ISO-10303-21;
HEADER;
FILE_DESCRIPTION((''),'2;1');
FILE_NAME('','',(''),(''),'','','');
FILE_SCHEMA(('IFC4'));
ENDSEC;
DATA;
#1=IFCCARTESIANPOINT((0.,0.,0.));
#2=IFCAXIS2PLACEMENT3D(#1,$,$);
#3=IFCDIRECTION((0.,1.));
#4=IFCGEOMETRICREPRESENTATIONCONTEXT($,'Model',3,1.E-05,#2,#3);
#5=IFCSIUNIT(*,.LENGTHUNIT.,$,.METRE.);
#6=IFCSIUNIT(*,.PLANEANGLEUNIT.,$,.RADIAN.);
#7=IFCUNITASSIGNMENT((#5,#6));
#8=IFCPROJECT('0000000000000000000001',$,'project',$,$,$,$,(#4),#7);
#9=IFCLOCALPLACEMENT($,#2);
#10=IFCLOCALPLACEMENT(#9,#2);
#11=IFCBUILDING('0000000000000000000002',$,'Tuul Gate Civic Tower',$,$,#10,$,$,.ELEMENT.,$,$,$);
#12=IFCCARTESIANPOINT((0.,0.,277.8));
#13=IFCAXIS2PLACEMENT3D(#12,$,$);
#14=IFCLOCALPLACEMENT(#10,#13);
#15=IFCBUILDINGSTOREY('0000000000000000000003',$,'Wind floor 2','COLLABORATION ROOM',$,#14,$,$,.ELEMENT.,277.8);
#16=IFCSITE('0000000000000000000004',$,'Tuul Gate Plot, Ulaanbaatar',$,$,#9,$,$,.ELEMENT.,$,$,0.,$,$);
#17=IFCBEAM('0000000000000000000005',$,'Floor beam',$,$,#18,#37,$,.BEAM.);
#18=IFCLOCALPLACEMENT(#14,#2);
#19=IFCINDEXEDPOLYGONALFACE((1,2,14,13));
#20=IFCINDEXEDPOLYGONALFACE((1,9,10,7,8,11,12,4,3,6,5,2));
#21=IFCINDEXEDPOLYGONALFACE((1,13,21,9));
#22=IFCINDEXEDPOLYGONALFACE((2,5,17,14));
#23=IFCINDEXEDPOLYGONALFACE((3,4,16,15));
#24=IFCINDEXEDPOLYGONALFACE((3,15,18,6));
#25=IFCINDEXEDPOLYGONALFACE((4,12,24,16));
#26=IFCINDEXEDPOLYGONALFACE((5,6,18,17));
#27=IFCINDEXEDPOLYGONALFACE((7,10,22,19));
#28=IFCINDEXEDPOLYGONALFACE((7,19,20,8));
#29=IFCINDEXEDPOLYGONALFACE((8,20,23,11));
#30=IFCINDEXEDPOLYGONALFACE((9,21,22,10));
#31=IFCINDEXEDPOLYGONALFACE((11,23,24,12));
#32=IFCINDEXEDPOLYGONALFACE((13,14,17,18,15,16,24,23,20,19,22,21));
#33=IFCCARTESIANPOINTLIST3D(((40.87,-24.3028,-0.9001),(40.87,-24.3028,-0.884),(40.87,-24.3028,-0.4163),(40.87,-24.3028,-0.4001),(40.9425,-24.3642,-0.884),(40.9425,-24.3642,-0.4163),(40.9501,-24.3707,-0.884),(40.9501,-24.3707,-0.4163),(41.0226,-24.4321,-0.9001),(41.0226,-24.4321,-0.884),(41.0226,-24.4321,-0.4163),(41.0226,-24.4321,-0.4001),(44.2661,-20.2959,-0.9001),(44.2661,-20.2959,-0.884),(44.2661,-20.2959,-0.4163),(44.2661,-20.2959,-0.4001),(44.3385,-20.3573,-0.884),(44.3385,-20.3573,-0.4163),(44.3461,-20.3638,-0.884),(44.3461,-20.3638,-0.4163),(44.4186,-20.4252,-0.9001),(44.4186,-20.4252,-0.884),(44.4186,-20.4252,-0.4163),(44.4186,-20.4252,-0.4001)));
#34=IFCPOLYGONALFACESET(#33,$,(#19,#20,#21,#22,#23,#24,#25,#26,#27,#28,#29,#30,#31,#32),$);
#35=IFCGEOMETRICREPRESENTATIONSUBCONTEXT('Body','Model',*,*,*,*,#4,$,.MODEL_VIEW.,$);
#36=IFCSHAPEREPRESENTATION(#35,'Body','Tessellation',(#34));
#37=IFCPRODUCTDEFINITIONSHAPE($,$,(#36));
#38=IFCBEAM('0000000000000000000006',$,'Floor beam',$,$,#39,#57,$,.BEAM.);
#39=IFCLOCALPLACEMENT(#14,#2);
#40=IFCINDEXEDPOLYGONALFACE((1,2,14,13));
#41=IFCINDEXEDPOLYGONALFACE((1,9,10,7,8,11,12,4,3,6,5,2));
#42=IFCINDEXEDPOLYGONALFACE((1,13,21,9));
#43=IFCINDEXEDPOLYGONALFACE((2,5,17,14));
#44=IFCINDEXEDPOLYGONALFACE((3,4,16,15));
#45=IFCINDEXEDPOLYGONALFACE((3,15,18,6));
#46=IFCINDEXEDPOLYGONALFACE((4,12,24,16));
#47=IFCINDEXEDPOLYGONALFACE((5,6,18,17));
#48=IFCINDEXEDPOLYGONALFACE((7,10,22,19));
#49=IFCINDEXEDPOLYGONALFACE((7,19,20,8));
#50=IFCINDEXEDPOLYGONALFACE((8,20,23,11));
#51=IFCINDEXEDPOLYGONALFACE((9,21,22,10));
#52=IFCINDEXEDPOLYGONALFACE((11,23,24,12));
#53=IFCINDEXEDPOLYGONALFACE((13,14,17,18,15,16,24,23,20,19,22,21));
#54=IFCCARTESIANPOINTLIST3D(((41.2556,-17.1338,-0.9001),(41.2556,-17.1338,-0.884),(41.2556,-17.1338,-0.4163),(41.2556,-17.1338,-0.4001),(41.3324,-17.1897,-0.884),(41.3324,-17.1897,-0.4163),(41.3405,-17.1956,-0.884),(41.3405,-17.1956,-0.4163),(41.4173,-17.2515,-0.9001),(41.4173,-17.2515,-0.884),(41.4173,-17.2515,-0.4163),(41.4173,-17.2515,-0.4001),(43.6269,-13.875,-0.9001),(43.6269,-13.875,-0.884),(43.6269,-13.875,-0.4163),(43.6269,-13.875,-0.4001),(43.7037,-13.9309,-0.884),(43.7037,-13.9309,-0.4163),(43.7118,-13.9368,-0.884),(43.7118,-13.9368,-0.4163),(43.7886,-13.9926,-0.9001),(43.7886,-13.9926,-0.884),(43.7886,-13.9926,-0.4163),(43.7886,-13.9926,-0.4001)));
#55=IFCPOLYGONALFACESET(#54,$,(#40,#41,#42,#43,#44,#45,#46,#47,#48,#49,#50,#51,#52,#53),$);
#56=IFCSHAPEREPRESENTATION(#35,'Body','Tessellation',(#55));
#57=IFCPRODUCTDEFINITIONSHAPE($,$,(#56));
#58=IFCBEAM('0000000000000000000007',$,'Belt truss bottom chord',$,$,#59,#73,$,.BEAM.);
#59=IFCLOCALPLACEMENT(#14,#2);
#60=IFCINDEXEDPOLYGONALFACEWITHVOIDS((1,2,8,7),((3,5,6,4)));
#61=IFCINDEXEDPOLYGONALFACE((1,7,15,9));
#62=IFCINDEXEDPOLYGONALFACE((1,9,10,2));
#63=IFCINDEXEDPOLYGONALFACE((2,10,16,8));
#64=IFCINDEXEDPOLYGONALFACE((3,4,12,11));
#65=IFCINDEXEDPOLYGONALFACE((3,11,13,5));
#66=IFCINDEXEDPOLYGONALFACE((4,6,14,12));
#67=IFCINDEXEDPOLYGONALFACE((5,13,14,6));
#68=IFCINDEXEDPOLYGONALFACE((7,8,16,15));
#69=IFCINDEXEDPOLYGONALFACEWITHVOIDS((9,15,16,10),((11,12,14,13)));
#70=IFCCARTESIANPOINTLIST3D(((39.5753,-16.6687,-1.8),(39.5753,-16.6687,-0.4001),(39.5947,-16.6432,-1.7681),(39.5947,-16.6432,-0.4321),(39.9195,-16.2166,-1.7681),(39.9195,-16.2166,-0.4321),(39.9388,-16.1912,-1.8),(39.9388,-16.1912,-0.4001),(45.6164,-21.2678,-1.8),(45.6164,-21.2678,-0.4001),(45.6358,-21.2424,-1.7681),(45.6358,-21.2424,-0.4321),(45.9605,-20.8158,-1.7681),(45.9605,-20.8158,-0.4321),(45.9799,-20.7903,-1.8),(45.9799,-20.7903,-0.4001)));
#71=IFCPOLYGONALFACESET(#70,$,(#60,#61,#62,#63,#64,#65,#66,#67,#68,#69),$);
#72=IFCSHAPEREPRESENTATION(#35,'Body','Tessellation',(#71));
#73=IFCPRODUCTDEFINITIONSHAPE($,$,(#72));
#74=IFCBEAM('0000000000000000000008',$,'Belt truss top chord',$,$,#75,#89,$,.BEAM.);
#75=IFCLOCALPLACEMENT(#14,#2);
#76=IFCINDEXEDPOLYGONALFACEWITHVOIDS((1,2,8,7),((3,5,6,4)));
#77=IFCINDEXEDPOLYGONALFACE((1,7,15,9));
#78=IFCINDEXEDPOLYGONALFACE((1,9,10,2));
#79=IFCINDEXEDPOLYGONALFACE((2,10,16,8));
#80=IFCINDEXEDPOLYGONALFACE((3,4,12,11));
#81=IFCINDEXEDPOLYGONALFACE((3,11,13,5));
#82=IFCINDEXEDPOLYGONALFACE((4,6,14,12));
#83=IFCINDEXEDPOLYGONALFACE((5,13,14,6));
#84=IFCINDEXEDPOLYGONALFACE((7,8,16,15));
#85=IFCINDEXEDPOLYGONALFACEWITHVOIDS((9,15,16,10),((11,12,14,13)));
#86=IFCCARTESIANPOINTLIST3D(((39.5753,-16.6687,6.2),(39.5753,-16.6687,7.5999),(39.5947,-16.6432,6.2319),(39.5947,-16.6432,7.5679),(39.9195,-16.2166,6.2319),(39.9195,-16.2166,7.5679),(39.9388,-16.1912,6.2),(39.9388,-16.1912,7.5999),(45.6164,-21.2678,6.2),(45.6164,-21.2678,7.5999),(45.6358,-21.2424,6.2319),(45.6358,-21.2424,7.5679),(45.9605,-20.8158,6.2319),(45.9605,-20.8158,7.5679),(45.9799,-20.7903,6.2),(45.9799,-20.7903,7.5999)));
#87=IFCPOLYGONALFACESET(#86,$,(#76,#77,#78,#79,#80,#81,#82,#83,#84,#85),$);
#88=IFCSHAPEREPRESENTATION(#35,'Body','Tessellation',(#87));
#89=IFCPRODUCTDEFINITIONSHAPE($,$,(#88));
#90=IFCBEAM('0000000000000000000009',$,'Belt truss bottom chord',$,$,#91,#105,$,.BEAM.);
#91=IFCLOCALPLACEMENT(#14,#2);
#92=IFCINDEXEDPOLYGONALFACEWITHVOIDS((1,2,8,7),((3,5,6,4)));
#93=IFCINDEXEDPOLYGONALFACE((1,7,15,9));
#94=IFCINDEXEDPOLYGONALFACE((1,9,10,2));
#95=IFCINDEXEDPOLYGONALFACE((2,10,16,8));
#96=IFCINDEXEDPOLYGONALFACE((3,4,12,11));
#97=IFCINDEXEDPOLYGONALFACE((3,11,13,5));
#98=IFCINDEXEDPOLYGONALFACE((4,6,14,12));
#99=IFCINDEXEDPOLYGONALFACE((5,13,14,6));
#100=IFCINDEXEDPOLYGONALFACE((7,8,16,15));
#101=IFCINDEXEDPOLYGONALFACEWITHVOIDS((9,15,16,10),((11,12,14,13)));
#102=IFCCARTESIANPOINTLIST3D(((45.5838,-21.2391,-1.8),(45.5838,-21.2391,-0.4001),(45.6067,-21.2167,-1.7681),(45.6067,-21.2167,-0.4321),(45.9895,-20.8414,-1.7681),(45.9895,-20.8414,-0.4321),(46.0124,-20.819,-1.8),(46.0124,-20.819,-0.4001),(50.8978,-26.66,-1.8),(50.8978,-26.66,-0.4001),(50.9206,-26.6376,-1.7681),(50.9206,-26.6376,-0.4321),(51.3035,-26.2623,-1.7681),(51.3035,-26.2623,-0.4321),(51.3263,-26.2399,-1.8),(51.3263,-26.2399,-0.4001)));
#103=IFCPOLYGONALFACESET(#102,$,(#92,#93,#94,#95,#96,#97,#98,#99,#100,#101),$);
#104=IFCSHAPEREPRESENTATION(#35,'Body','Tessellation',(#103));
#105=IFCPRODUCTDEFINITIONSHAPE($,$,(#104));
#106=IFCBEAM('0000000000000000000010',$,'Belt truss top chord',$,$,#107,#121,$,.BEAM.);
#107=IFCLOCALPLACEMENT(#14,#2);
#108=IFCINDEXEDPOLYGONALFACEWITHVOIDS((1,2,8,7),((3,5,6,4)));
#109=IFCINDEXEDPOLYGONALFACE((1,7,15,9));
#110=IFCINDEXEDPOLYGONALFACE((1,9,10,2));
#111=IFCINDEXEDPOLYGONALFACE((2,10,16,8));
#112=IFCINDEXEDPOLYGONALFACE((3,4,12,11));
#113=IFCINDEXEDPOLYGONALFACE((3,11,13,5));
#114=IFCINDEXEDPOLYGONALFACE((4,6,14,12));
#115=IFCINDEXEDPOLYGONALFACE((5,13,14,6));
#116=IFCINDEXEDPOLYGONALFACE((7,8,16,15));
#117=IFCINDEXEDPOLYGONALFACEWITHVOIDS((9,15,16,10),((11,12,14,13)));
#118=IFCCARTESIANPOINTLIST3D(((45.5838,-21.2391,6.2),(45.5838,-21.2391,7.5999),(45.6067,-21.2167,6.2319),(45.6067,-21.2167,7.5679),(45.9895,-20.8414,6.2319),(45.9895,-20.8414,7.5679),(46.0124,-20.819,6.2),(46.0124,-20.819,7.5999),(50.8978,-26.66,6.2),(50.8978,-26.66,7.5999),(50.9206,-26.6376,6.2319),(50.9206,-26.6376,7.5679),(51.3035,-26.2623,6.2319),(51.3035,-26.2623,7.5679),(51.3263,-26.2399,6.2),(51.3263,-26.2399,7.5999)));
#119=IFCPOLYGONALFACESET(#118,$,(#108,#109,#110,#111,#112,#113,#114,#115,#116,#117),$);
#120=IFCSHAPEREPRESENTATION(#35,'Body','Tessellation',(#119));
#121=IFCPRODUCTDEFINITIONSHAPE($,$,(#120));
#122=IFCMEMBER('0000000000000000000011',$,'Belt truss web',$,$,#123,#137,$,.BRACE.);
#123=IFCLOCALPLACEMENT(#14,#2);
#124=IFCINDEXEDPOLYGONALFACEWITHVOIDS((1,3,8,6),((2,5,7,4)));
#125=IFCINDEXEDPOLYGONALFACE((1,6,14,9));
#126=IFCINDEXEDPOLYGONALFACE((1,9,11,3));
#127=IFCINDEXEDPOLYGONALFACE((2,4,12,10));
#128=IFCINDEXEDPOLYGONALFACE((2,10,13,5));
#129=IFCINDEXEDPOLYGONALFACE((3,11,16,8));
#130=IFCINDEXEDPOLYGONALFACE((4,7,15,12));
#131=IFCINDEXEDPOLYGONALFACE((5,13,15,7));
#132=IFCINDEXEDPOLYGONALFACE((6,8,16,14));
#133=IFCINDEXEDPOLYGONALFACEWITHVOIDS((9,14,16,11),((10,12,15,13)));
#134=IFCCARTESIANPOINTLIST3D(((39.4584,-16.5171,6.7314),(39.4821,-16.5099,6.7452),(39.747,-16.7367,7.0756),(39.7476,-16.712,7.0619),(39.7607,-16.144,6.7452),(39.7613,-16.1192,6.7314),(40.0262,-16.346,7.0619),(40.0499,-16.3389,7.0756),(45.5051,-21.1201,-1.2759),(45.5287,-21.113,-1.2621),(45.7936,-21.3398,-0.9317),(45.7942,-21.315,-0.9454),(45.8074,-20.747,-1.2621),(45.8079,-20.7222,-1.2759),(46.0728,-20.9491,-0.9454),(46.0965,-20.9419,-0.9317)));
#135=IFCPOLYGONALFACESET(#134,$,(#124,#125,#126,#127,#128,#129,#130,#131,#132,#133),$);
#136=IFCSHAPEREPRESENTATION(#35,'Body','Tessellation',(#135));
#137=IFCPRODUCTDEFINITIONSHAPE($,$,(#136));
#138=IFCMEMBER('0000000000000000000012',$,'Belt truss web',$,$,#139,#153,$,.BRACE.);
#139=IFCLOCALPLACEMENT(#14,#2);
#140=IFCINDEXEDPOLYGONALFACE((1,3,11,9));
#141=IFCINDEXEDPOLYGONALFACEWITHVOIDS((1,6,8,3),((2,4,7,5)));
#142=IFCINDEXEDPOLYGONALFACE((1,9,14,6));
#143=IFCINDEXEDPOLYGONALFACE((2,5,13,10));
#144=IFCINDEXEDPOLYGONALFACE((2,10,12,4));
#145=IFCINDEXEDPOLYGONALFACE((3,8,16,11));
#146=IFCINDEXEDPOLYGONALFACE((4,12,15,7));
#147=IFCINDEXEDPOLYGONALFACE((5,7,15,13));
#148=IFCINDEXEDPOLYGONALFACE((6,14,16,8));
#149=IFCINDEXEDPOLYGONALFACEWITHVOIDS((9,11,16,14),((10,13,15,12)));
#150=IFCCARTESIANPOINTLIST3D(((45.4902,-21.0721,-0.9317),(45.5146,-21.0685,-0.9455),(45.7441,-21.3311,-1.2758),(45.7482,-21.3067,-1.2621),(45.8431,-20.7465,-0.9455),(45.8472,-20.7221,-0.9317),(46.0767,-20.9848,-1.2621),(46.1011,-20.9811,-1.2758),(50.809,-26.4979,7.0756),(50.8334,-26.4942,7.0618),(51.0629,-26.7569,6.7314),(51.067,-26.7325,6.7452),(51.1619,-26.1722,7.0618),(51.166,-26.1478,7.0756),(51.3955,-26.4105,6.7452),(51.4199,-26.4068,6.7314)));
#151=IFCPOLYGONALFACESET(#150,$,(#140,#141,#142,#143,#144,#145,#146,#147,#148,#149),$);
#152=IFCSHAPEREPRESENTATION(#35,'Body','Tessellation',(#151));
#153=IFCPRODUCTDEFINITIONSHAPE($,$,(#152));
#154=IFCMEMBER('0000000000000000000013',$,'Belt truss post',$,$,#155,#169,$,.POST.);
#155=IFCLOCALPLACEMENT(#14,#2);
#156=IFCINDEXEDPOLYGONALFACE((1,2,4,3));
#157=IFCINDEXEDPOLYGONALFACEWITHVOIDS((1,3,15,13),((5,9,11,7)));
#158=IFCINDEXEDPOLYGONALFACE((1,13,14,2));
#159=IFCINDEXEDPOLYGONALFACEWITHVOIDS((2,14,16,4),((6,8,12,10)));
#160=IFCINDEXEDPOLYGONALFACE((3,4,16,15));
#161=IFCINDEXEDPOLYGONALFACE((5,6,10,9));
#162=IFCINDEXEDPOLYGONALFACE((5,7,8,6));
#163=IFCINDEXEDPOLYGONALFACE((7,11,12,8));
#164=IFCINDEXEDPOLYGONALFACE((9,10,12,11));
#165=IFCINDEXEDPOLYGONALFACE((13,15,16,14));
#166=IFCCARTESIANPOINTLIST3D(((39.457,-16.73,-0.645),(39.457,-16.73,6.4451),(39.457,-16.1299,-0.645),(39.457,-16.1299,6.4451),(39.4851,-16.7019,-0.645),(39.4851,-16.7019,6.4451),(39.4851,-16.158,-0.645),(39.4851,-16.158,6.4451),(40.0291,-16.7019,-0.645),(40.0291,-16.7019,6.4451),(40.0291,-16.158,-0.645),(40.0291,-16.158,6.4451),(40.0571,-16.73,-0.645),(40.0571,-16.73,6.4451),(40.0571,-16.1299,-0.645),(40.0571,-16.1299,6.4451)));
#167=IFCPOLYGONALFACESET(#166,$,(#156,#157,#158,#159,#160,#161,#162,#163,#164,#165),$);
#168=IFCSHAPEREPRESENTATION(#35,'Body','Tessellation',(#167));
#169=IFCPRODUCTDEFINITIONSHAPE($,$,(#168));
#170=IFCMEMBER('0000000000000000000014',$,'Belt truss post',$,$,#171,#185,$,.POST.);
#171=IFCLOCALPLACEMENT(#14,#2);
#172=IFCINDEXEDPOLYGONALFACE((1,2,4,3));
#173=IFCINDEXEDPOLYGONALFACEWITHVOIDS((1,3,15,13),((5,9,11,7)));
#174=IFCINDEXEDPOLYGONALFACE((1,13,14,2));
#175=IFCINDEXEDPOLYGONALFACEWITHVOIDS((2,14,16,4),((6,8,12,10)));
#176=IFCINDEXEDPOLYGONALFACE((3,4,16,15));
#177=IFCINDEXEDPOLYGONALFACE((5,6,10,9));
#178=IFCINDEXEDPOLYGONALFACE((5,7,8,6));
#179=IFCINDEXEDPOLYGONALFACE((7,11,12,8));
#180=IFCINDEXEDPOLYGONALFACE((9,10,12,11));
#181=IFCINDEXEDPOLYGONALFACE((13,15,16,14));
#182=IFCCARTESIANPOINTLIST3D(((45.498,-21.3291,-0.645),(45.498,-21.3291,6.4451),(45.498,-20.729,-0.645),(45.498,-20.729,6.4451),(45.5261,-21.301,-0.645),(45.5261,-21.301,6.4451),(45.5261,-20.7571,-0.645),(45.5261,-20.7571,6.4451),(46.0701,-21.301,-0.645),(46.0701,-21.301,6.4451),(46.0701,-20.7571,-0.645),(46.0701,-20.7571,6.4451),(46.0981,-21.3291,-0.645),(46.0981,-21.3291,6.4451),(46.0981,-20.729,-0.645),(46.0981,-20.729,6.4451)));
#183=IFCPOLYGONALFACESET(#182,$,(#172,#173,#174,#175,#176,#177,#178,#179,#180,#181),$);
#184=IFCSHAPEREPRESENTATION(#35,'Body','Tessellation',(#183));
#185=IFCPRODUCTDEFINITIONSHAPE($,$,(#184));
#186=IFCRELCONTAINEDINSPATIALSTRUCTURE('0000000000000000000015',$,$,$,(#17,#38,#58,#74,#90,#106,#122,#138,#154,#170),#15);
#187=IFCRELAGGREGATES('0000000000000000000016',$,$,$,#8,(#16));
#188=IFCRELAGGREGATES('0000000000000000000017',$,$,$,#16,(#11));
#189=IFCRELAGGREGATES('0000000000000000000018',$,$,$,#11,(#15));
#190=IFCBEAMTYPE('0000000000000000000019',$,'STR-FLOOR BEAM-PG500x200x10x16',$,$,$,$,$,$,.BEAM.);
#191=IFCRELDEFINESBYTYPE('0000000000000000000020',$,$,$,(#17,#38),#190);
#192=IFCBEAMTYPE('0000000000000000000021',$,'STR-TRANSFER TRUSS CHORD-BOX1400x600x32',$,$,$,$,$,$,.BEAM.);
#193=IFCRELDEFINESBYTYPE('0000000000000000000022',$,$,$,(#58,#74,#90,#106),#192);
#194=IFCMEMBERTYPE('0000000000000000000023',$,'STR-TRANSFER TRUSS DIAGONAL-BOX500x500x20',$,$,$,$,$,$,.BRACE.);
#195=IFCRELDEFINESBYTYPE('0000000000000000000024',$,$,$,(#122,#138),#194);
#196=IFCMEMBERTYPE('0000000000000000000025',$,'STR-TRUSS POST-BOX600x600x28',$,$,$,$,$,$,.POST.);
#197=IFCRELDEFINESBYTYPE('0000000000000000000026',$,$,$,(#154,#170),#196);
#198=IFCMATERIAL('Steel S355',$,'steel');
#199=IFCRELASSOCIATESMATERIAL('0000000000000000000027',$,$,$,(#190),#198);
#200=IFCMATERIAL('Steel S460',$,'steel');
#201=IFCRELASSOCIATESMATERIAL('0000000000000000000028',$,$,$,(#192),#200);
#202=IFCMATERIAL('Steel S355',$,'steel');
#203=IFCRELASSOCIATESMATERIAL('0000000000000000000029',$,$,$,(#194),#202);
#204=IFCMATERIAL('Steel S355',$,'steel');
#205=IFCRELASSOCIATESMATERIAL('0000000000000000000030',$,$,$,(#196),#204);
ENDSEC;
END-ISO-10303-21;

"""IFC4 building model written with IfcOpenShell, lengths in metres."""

from ifc_helpers import new_model, si_unit, direction, frame, origin, origin_2d, place, context, subcontext, project, spatial, hollow_rectangle, i_section, extrude, material, material_profile, profile_set, type_object, element, save


model = new_model("IFC4")

# Units and contexts
model_context = context("Model", 3, precision=1e-05, world=origin(), true_north=direction((0.0, 1.0)))
body_context = subcontext(model_context, "Body", "Model", "MODEL_VIEW")
ifc_project = project(units=[si_unit("LENGTHUNIT", "METRE"), si_unit("PLANEANGLEUNIT", "RADIAN")], contexts=[model_context])

# Site, building, storey
site_placement = place(None, origin())
site = spatial("IfcSite", under=ifc_project, at=site_placement, Name="Tuul Gate Plot, Ulaanbaatar", CompositionType="ELEMENT", RefElevation=0.0)
building_placement = place(site_placement, origin())
building = spatial("IfcBuilding", under=site, at=building_placement, Name="Tuul Gate Civic Tower", CompositionType="ELEMENT")
storey_placement = place(building_placement, frame((0.0, 0.0, 277.8)))
storey = spatial("IfcBuildingStorey", under=building, at=storey_placement, Name="Wind floor 2", Description="COLLABORATION ROOM", CompositionType="ELEMENT", Elevation=277.8)

# Beams
ifc_material_1 = material(Name="Steel S355", Category="steel")
ifc_material_profile_1 = material_profile(ifc_material_1, i_section(OverallWidth=0.2, OverallDepth=0.5, WebThickness=0.01, FlangeThickness=0.0161, at=origin_2d()), Name="PG500x200x10x16")
ifc_profile_set_1 = profile_set([ifc_material_profile_1], Name="Steel S355")
beam_type_1 = type_object("IfcBeamType", Name="STR-FLOOR BEAM-PG500x200x10x16", PredefinedType="BEAM", material=ifc_profile_set_1)
beam_1_placement = place(storey_placement, frame((40.9463, -24.3674, -0.6501), z_axis=(0.646563, 0.762861, 0.0), x_axis=(-0.762861, 0.646563, 0.0)))
element("IfcBeam", 1, at=beam_1_placement, inside=storey, type_object=beam_type_1, Name="Floor beam", PredefinedType="BEAM", context=body_context, shape_type="SweptSolid", body=[
    extrude(i_section(OverallWidth=0.2, OverallDepth=0.5, WebThickness=0.01, FlangeThickness=0.0161, at=origin_2d()), origin(), (0.0, 0.0, 1.0), 5.2524),
])
beam_2_placement = place(storey_placement, frame((41.3364, -17.1926, -0.6501), z_axis=(0.588384, 0.808582, 0.0), x_axis=(-0.808582, 0.588384, 0.0)))
element("IfcBeam", 2, at=beam_2_placement, inside=storey, type_object=beam_type_1, Name="Floor beam", PredefinedType="BEAM", context=body_context, shape_type="SweptSolid", body=[
    extrude(i_section(OverallWidth=0.2, OverallDepth=0.5, WebThickness=0.01, FlangeThickness=0.0161, at=origin_2d()), origin(), (0.0, 0.0, 1.0), 4.0303),
])
ifc_material_2 = material(Name="Steel S460", Category="steel")
ifc_material_profile_2 = material_profile(ifc_material_2, hollow_rectangle(XDim=0.6001, YDim=1.3999, WallThickness=0.032, at=origin_2d()), Name="BOX1400x600x32")
ifc_profile_set_2 = profile_set([ifc_material_profile_2], Name="Steel S460")
beam_type_2 = type_object("IfcBeamType", Name="STR-TRANSFER TRUSS CHORD-BOX1400x600x32", PredefinedType="BEAM", material=ifc_profile_set_2)
for number, where, z_axis, x_axis, name in (
    (3, (39.7571, -16.4299, -1.1001), (0.795658, -0.605747, 0.0), (0.605747, 0.795658, 0.0), "Belt truss bottom chord"),
    (4, (39.7571, -16.4299, 6.8999), (0.795658, -0.605747, 0.0), (0.605747, 0.795658, 0.0), "Belt truss top chord"),
):
    element("IfcBeam", number, at=place(storey_placement, frame(where, z_axis=z_axis, x_axis=x_axis)), inside=storey, type_object=beam_type_2, Name=name, PredefinedType="BEAM", context=body_context, shape_type="SweptSolid", body=[
        extrude(hollow_rectangle(XDim=0.6001, YDim=1.3999, WallThickness=0.032, at=origin_2d()), origin(), (0.0, 0.0, 1.0), 7.5925),
    ])
for number, where, z_axis, x_axis, name in (
    (5, (45.7981, -21.0291, -1.1001), (0.700028, -0.714115, 0.0), (0.714115, 0.700028, 0.0), "Belt truss bottom chord"),
    (6, (45.7981, -21.0291, 6.8999), (0.700028, -0.714115, 0.0), (0.714115, 0.700028, 0.0), "Belt truss top chord"),
):
    element("IfcBeam", number, at=place(storey_placement, frame(where, z_axis=z_axis, x_axis=x_axis)), inside=storey, type_object=beam_type_2, Name=name, PredefinedType="BEAM", context=body_context, shape_type="SweptSolid", body=[
        extrude(hollow_rectangle(XDim=0.6001, YDim=1.3999, WallThickness=0.032, at=origin_2d()), origin(), (0.0, 0.0, 1.0), 7.5911),
    ])

# Members
ifc_material_3 = material(Name="Steel S355", Category="steel")
ifc_material_profile_3 = material_profile(ifc_material_3, hollow_rectangle(XDim=0.5, YDim=0.5, WallThickness=0.02, at=origin_2d()), Name="BOX500x500x20")
ifc_profile_set_3 = profile_set([ifc_material_profile_3], Name="Steel S355")
member_type_1 = type_object("IfcMemberType", Name="STR-TRANSFER TRUSS DIAGONAL-BOX500x500x20", PredefinedType="BRACE", material=ifc_profile_set_3)
member_1_placement = place(storey_placement, frame((45.8008, -21.031, -1.1038), z_axis=(-0.547735, 0.416966, 0.725345), x_axis=(-0.605716, -0.795681, 0.0)))
element("IfcMember", 7, at=member_1_placement, inside=storey, type_object=member_type_1, Name="Belt truss web", PredefinedType="BRACE", context=body_context, shape_type="SweptSolid", body=[
    extrude(hollow_rectangle(XDim=0.5, YDim=0.5, WallThickness=0.02, at=origin_2d()), origin(), (0.0, 0.0, 1.0), 11.0393),
])
member_2_placement = place(storey_placement, frame((45.7957, -21.0266, -1.1038), z_axis=(0.481849, -0.491537, 0.725406), x_axis=(0.714109, 0.700035, 0.0)))
element("IfcMember", 8, at=member_2_placement, inside=storey, type_object=member_type_1, Name="Belt truss web", PredefinedType="BRACE", context=body_context, shape_type="SweptSolid", body=[
    extrude(hollow_rectangle(XDim=0.5, YDim=0.5, WallThickness=0.02, at=origin_2d()), origin(), (0.0, 0.0, 1.0), 11.0383),
])
ifc_material_4 = material(Name="Steel S355", Category="steel")
ifc_material_profile_4 = material_profile(ifc_material_4, hollow_rectangle(XDim=0.6001, YDim=0.6001, WallThickness=0.0281, at=origin_2d()), Name="BOX600x600x28")
ifc_profile_set_4 = profile_set([ifc_material_profile_4], Name="Steel S355")
member_type_2 = type_object("IfcMemberType", Name="STR-TRUSS POST-BOX600x600x28", PredefinedType="POST", material=ifc_profile_set_4)
for number, where, z_axis, x_axis, name in (
    (9, (39.7571, -16.4299, -0.645), (0.0, 0.0, 1.0), (1.0, 0.0, 0.0), "Belt truss post"),
    (10, (45.7981, -21.0291, -0.645), (0.0, 0.0, 1.0), (1.0, 0.0, 0.0), "Belt truss post"),
):
    element("IfcMember", number, at=place(storey_placement, frame(where, z_axis=z_axis, x_axis=x_axis)), inside=storey, type_object=member_type_2, Name=name, PredefinedType="POST", context=body_context, shape_type="SweptSolid", body=[
        extrude(hollow_rectangle(XDim=0.6001, YDim=0.6001, WallThickness=0.0281, at=origin_2d()), origin(), (0.0, 0.0, 1.0), 7.0901),
    ])

save(model, "model.ifc")
